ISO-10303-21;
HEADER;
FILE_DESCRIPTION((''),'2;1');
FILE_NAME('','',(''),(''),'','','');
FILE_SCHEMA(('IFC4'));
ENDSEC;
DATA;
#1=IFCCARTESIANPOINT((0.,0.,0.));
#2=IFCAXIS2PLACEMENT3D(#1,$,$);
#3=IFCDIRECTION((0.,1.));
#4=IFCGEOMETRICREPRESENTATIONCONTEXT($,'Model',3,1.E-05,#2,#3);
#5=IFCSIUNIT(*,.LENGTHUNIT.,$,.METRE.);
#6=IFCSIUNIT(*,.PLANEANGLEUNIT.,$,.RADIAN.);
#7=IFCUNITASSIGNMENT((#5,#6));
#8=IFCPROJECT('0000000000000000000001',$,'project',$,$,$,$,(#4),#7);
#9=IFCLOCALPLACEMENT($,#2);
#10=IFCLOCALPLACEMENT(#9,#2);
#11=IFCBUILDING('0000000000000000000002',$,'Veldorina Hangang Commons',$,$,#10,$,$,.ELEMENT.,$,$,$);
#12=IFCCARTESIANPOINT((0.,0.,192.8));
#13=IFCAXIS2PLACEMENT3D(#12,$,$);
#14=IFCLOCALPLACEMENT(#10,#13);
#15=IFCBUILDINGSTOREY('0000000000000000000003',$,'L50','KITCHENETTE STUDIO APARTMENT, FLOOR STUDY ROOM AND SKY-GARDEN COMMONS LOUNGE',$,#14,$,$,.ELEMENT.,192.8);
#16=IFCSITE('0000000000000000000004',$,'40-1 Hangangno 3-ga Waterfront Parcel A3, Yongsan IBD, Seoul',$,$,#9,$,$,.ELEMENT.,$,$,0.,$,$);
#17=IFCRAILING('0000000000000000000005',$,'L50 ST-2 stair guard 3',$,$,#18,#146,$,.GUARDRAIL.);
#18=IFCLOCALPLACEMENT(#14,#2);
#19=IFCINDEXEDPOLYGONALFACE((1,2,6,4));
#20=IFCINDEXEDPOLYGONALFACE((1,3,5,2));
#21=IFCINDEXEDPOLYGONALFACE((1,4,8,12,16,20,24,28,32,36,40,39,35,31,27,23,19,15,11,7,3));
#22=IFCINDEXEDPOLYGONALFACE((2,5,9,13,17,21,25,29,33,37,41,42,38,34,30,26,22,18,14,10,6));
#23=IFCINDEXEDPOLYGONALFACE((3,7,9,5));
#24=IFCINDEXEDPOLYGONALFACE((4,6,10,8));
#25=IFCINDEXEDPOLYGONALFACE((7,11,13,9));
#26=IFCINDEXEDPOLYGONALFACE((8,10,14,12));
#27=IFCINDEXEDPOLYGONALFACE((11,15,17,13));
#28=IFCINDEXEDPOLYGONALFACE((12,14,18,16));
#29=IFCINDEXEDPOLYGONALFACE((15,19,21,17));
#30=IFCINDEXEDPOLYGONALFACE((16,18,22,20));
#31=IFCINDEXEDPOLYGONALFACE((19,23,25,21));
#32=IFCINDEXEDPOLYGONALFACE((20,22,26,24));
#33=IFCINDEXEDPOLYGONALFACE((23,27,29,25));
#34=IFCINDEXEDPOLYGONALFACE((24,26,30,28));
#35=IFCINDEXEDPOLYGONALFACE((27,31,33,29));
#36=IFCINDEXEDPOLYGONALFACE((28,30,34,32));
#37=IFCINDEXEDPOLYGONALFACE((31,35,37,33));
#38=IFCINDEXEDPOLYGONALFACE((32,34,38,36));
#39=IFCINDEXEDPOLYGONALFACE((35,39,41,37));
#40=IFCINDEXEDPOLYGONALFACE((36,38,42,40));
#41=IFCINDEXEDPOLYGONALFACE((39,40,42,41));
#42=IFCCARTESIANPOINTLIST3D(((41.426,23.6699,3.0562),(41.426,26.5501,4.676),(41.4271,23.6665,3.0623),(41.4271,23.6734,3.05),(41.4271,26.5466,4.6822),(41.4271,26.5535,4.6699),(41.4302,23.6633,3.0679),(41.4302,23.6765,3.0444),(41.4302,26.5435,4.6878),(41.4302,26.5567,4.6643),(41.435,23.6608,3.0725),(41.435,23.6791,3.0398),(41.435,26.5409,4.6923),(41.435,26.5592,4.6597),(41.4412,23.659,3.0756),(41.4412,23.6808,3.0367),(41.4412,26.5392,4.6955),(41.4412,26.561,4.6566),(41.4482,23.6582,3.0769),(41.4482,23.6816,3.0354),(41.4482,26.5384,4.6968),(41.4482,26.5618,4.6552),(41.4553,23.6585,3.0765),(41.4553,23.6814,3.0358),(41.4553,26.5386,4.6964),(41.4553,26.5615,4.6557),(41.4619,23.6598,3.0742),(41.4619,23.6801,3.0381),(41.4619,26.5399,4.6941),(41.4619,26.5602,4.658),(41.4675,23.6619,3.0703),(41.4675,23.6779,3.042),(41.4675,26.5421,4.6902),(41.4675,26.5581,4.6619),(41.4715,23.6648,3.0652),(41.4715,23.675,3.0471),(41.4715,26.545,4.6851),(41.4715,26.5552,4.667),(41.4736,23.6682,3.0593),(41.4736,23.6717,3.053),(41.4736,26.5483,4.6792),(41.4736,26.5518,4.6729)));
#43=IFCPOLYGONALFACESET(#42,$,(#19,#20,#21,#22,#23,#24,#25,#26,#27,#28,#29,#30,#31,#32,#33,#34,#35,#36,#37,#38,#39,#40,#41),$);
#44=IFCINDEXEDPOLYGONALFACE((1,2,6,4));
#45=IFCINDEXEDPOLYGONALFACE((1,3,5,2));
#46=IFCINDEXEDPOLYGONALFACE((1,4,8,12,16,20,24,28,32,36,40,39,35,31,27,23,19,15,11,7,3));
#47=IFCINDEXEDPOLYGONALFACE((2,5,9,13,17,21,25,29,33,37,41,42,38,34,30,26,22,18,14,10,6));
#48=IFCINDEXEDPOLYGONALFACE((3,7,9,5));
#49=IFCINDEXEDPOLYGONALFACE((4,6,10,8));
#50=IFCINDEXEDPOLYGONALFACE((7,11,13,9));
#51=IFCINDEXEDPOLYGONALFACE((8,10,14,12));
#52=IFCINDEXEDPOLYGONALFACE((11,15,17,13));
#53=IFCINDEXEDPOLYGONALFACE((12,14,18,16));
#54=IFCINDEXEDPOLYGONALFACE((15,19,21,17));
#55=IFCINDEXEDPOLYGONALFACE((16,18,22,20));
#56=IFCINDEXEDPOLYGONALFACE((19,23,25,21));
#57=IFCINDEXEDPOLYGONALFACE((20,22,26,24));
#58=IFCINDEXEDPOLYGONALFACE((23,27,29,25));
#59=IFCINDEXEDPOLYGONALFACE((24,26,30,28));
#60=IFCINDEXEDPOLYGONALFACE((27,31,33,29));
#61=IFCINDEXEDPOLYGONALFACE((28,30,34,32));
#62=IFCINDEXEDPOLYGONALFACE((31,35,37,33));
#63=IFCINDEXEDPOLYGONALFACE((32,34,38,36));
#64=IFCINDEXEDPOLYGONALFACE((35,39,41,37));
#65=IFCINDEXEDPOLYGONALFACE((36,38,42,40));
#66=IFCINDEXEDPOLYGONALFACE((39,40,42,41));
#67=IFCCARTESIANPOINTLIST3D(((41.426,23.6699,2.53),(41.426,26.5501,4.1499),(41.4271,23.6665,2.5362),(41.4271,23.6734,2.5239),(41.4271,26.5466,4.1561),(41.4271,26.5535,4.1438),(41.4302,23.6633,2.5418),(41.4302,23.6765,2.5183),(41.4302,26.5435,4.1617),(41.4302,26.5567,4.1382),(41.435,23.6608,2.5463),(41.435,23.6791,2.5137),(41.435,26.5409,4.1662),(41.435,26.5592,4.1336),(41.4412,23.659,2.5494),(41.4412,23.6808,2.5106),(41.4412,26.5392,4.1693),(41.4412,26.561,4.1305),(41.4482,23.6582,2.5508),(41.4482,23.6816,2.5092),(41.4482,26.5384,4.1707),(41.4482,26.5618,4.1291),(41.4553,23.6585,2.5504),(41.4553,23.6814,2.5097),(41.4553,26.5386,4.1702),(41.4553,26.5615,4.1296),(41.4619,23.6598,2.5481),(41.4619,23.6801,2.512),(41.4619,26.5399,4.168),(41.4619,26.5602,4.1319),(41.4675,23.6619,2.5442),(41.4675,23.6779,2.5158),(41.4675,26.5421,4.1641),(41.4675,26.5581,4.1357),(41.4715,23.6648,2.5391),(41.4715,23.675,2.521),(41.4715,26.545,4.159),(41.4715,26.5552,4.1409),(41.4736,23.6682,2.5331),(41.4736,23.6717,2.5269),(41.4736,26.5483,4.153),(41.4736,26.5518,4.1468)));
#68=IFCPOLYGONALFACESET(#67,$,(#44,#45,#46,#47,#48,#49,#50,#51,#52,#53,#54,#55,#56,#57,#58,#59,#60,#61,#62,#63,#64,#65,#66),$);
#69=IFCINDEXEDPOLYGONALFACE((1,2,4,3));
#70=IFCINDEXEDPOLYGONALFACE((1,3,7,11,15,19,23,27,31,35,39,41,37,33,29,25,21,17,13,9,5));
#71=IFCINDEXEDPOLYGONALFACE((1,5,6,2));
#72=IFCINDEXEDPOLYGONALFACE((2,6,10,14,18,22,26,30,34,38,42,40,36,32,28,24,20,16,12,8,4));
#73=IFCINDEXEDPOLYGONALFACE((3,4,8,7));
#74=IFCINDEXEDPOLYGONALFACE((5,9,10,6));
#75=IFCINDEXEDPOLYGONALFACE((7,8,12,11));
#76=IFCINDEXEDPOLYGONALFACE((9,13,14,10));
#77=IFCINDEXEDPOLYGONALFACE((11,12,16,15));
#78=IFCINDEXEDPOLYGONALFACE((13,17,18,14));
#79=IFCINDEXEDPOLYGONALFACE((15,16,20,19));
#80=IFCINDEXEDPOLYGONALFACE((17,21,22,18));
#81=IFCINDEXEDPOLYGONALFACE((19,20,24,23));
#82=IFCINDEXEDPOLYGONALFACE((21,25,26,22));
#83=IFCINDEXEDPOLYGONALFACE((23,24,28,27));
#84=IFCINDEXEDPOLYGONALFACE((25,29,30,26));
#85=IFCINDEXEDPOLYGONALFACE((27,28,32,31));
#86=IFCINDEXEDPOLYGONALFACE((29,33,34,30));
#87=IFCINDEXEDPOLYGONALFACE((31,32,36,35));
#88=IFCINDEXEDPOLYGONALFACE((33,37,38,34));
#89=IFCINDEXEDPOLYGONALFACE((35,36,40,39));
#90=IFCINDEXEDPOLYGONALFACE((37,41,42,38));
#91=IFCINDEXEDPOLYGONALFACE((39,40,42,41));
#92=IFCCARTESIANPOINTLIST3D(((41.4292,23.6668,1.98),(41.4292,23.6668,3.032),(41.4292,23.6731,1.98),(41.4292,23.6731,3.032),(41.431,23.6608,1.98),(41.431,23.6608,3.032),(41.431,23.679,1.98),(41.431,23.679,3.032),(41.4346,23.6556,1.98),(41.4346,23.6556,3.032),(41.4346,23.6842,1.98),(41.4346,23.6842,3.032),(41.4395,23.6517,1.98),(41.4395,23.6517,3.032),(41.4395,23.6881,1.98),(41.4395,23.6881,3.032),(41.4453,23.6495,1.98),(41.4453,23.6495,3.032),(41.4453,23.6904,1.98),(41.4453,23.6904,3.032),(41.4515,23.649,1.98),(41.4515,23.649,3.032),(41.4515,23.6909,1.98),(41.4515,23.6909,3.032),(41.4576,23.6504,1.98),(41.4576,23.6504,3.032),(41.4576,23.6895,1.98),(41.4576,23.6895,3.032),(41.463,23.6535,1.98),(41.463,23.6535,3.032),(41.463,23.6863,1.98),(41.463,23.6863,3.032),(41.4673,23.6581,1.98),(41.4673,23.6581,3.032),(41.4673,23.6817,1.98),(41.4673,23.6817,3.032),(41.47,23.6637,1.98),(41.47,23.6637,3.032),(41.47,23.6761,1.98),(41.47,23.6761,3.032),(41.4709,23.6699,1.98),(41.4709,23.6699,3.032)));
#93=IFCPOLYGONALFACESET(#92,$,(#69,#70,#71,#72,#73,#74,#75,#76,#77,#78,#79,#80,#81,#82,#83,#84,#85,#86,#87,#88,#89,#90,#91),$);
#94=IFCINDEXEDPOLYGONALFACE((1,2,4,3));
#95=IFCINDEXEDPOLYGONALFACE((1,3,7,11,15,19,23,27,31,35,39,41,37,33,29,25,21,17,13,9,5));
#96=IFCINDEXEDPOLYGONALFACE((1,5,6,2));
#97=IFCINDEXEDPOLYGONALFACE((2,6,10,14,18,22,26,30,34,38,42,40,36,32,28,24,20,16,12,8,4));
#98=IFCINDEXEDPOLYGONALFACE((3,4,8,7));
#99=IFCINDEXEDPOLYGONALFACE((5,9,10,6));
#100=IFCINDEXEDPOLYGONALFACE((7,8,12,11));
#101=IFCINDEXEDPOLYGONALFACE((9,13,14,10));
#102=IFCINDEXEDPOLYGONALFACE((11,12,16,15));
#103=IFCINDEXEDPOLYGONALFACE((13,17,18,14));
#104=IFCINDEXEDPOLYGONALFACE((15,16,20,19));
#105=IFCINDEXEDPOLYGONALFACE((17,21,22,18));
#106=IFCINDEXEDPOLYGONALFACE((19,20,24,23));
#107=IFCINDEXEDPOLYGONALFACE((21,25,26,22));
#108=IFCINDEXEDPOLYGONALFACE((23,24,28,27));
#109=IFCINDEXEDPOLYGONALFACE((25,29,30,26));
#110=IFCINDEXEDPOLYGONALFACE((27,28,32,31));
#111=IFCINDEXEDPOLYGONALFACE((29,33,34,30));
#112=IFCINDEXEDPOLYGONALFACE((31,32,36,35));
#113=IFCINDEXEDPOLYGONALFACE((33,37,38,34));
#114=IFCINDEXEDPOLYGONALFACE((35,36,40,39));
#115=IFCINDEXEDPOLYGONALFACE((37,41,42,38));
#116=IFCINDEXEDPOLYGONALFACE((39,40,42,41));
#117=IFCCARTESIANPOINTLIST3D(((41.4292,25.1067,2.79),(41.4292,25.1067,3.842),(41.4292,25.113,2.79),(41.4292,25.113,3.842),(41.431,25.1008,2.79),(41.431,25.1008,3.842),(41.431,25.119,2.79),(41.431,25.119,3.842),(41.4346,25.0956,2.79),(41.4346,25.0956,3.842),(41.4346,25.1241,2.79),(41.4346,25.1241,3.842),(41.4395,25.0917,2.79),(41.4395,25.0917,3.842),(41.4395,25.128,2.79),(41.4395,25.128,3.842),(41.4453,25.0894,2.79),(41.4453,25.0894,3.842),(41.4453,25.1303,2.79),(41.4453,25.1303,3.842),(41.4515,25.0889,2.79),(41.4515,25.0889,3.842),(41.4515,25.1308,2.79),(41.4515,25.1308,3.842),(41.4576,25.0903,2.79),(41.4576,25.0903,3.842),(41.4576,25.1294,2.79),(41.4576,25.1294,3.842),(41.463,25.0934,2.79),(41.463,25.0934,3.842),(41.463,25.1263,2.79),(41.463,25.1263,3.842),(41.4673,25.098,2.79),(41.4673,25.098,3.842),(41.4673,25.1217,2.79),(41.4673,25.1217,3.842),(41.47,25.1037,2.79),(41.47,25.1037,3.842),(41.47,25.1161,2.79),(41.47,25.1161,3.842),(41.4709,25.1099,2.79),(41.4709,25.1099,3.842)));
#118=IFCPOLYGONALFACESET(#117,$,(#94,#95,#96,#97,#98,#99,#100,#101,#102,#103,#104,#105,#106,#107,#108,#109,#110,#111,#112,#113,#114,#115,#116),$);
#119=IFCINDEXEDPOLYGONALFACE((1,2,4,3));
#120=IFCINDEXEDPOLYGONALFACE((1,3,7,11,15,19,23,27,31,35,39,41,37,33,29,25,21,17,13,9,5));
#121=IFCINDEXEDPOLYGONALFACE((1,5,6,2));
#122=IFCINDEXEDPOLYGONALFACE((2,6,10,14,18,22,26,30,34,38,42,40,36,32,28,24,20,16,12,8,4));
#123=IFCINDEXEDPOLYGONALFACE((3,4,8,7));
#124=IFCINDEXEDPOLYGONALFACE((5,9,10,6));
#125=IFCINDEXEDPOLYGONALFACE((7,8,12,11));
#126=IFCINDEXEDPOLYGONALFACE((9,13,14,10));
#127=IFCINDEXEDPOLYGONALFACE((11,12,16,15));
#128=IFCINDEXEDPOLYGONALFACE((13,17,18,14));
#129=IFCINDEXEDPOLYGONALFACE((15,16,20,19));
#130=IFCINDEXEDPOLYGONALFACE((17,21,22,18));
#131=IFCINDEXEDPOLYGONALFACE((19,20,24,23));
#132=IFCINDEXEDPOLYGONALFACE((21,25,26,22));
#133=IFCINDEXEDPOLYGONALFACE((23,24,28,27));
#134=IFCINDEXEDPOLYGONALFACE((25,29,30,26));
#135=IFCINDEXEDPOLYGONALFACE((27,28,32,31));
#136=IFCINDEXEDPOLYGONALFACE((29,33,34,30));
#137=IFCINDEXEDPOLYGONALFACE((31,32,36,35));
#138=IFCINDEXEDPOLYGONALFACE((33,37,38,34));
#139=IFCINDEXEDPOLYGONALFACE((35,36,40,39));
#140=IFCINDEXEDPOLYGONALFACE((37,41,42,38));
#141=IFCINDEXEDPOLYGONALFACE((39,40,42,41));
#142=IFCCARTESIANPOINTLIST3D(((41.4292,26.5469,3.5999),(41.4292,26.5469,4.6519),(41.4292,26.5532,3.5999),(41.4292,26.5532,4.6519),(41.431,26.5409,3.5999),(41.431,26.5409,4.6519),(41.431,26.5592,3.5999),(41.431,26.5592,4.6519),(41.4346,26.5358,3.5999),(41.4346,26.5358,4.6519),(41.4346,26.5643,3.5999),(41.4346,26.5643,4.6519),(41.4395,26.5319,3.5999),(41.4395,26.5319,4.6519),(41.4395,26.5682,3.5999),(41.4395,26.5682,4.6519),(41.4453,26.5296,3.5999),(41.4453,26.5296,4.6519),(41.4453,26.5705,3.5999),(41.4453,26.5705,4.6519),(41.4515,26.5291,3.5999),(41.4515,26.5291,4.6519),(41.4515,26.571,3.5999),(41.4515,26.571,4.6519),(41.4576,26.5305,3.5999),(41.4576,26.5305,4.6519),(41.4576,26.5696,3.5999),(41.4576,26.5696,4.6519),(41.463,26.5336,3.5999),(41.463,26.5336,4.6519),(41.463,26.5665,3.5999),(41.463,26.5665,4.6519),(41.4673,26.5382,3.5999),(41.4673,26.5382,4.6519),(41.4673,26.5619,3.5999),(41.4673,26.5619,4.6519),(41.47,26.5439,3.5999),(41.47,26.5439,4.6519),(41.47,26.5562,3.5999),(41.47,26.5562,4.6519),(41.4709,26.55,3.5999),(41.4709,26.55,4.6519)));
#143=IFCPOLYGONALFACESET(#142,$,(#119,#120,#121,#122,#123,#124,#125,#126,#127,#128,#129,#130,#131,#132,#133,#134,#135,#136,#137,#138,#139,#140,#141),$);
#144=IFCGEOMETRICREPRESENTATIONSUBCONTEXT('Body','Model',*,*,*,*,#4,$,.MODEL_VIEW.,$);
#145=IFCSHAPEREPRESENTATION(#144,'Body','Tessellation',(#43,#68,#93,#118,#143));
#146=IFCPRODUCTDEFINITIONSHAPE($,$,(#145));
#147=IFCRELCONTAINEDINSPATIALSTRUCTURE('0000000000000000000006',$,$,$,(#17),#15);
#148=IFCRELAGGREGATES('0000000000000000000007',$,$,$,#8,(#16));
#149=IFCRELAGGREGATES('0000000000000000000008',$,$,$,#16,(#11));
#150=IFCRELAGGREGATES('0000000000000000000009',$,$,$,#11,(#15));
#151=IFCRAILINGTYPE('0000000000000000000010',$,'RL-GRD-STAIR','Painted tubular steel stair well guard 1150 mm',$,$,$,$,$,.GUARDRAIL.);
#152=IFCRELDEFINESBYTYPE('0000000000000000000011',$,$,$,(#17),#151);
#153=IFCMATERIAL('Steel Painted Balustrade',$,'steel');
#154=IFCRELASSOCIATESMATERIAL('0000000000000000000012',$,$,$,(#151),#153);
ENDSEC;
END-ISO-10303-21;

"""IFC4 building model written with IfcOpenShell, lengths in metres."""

from ifc_helpers import new_model, si_unit, direction, frame, origin, origin_2d, place, context, subcontext, project, spatial, circle, extrude, material, type_object, element, save


model = new_model("IFC4")

# Units and contexts
model_context = context("Model", 3, precision=1e-05, world=origin(), true_north=direction((0.0, 1.0)))
body_context = subcontext(model_context, "Body", "Model", "MODEL_VIEW")
ifc_project = project(units=[si_unit("LENGTHUNIT", "METRE"), si_unit("PLANEANGLEUNIT", "RADIAN")], contexts=[model_context])

# Site, building, storey
site_placement = place(None, origin())
site = spatial("IfcSite", under=ifc_project, at=site_placement, Name="40-1 Hangangno 3-ga Waterfront Parcel A3, Yongsan IBD, Seoul", CompositionType="ELEMENT", RefElevation=0.0)
building_placement = place(site_placement, origin())
building = spatial("IfcBuilding", under=site, at=building_placement, Name="Veldorina Hangang Commons", CompositionType="ELEMENT")
storey_placement = place(building_placement, frame((0.0, 0.0, 192.8)))
storey = spatial("IfcBuildingStorey", under=building, at=storey_placement, Name="L50", Description="KITCHENETTE STUDIO APARTMENT, FLOOR STUDY ROOM AND SKY-GARDEN COMMONS LOUNGE", CompositionType="ELEMENT", Elevation=192.8)

# Railing
ifc_material_1 = material(Name="Steel Painted Balustrade", Category="steel")
railing_type_1 = type_object("IfcRailingType", Name="RL-GRD-STAIR", Description="Painted tubular steel stair well guard 1150 mm", PredefinedType="GUARDRAIL", material=ifc_material_1)
railing_1_placement = place(storey_placement, frame((41.45, 23.6699, 1.98)))
element("IfcRailing", 1, at=railing_1_placement, inside=storey, type_object=railing_type_1, Name="L50 ST-2 stair guard 3", PredefinedType="GUARDRAIL", context=body_context, shape_type="SweptSolid", body=[
    extrude(circle(Radius=0.0239, at=origin_2d()), frame((0.0, 0.0, 1.0762), z_axis=(0.0, 0.871601, 0.490216), x_axis=(-1.0, 0.0, 0.0)), (0.0, 0.0, 1.0), 3.3044),
    extrude(circle(Radius=0.0239, at=origin_2d()), frame((0.0, 0.0, 0.55), z_axis=(0.0, 0.871601, 0.490216), x_axis=(-1.0, 0.0, 0.0)), (0.0, 0.0, 1.0), 3.3044),
    extrude(circle(Radius=0.021, at=origin_2d()), origin(), (0.0, 0.0, 1.0), 1.052),
    extrude(circle(Radius=0.021, at=origin_2d()), frame((0.0, 1.4399, 0.8101)), (0.0, 0.0, 1.0), 1.052),
    extrude(circle(Radius=0.021, at=origin_2d()), frame((0.0, 2.8801, 1.6199)), (0.0, 0.0, 1.0), 1.052),
])

save(model, "model.ifc")
